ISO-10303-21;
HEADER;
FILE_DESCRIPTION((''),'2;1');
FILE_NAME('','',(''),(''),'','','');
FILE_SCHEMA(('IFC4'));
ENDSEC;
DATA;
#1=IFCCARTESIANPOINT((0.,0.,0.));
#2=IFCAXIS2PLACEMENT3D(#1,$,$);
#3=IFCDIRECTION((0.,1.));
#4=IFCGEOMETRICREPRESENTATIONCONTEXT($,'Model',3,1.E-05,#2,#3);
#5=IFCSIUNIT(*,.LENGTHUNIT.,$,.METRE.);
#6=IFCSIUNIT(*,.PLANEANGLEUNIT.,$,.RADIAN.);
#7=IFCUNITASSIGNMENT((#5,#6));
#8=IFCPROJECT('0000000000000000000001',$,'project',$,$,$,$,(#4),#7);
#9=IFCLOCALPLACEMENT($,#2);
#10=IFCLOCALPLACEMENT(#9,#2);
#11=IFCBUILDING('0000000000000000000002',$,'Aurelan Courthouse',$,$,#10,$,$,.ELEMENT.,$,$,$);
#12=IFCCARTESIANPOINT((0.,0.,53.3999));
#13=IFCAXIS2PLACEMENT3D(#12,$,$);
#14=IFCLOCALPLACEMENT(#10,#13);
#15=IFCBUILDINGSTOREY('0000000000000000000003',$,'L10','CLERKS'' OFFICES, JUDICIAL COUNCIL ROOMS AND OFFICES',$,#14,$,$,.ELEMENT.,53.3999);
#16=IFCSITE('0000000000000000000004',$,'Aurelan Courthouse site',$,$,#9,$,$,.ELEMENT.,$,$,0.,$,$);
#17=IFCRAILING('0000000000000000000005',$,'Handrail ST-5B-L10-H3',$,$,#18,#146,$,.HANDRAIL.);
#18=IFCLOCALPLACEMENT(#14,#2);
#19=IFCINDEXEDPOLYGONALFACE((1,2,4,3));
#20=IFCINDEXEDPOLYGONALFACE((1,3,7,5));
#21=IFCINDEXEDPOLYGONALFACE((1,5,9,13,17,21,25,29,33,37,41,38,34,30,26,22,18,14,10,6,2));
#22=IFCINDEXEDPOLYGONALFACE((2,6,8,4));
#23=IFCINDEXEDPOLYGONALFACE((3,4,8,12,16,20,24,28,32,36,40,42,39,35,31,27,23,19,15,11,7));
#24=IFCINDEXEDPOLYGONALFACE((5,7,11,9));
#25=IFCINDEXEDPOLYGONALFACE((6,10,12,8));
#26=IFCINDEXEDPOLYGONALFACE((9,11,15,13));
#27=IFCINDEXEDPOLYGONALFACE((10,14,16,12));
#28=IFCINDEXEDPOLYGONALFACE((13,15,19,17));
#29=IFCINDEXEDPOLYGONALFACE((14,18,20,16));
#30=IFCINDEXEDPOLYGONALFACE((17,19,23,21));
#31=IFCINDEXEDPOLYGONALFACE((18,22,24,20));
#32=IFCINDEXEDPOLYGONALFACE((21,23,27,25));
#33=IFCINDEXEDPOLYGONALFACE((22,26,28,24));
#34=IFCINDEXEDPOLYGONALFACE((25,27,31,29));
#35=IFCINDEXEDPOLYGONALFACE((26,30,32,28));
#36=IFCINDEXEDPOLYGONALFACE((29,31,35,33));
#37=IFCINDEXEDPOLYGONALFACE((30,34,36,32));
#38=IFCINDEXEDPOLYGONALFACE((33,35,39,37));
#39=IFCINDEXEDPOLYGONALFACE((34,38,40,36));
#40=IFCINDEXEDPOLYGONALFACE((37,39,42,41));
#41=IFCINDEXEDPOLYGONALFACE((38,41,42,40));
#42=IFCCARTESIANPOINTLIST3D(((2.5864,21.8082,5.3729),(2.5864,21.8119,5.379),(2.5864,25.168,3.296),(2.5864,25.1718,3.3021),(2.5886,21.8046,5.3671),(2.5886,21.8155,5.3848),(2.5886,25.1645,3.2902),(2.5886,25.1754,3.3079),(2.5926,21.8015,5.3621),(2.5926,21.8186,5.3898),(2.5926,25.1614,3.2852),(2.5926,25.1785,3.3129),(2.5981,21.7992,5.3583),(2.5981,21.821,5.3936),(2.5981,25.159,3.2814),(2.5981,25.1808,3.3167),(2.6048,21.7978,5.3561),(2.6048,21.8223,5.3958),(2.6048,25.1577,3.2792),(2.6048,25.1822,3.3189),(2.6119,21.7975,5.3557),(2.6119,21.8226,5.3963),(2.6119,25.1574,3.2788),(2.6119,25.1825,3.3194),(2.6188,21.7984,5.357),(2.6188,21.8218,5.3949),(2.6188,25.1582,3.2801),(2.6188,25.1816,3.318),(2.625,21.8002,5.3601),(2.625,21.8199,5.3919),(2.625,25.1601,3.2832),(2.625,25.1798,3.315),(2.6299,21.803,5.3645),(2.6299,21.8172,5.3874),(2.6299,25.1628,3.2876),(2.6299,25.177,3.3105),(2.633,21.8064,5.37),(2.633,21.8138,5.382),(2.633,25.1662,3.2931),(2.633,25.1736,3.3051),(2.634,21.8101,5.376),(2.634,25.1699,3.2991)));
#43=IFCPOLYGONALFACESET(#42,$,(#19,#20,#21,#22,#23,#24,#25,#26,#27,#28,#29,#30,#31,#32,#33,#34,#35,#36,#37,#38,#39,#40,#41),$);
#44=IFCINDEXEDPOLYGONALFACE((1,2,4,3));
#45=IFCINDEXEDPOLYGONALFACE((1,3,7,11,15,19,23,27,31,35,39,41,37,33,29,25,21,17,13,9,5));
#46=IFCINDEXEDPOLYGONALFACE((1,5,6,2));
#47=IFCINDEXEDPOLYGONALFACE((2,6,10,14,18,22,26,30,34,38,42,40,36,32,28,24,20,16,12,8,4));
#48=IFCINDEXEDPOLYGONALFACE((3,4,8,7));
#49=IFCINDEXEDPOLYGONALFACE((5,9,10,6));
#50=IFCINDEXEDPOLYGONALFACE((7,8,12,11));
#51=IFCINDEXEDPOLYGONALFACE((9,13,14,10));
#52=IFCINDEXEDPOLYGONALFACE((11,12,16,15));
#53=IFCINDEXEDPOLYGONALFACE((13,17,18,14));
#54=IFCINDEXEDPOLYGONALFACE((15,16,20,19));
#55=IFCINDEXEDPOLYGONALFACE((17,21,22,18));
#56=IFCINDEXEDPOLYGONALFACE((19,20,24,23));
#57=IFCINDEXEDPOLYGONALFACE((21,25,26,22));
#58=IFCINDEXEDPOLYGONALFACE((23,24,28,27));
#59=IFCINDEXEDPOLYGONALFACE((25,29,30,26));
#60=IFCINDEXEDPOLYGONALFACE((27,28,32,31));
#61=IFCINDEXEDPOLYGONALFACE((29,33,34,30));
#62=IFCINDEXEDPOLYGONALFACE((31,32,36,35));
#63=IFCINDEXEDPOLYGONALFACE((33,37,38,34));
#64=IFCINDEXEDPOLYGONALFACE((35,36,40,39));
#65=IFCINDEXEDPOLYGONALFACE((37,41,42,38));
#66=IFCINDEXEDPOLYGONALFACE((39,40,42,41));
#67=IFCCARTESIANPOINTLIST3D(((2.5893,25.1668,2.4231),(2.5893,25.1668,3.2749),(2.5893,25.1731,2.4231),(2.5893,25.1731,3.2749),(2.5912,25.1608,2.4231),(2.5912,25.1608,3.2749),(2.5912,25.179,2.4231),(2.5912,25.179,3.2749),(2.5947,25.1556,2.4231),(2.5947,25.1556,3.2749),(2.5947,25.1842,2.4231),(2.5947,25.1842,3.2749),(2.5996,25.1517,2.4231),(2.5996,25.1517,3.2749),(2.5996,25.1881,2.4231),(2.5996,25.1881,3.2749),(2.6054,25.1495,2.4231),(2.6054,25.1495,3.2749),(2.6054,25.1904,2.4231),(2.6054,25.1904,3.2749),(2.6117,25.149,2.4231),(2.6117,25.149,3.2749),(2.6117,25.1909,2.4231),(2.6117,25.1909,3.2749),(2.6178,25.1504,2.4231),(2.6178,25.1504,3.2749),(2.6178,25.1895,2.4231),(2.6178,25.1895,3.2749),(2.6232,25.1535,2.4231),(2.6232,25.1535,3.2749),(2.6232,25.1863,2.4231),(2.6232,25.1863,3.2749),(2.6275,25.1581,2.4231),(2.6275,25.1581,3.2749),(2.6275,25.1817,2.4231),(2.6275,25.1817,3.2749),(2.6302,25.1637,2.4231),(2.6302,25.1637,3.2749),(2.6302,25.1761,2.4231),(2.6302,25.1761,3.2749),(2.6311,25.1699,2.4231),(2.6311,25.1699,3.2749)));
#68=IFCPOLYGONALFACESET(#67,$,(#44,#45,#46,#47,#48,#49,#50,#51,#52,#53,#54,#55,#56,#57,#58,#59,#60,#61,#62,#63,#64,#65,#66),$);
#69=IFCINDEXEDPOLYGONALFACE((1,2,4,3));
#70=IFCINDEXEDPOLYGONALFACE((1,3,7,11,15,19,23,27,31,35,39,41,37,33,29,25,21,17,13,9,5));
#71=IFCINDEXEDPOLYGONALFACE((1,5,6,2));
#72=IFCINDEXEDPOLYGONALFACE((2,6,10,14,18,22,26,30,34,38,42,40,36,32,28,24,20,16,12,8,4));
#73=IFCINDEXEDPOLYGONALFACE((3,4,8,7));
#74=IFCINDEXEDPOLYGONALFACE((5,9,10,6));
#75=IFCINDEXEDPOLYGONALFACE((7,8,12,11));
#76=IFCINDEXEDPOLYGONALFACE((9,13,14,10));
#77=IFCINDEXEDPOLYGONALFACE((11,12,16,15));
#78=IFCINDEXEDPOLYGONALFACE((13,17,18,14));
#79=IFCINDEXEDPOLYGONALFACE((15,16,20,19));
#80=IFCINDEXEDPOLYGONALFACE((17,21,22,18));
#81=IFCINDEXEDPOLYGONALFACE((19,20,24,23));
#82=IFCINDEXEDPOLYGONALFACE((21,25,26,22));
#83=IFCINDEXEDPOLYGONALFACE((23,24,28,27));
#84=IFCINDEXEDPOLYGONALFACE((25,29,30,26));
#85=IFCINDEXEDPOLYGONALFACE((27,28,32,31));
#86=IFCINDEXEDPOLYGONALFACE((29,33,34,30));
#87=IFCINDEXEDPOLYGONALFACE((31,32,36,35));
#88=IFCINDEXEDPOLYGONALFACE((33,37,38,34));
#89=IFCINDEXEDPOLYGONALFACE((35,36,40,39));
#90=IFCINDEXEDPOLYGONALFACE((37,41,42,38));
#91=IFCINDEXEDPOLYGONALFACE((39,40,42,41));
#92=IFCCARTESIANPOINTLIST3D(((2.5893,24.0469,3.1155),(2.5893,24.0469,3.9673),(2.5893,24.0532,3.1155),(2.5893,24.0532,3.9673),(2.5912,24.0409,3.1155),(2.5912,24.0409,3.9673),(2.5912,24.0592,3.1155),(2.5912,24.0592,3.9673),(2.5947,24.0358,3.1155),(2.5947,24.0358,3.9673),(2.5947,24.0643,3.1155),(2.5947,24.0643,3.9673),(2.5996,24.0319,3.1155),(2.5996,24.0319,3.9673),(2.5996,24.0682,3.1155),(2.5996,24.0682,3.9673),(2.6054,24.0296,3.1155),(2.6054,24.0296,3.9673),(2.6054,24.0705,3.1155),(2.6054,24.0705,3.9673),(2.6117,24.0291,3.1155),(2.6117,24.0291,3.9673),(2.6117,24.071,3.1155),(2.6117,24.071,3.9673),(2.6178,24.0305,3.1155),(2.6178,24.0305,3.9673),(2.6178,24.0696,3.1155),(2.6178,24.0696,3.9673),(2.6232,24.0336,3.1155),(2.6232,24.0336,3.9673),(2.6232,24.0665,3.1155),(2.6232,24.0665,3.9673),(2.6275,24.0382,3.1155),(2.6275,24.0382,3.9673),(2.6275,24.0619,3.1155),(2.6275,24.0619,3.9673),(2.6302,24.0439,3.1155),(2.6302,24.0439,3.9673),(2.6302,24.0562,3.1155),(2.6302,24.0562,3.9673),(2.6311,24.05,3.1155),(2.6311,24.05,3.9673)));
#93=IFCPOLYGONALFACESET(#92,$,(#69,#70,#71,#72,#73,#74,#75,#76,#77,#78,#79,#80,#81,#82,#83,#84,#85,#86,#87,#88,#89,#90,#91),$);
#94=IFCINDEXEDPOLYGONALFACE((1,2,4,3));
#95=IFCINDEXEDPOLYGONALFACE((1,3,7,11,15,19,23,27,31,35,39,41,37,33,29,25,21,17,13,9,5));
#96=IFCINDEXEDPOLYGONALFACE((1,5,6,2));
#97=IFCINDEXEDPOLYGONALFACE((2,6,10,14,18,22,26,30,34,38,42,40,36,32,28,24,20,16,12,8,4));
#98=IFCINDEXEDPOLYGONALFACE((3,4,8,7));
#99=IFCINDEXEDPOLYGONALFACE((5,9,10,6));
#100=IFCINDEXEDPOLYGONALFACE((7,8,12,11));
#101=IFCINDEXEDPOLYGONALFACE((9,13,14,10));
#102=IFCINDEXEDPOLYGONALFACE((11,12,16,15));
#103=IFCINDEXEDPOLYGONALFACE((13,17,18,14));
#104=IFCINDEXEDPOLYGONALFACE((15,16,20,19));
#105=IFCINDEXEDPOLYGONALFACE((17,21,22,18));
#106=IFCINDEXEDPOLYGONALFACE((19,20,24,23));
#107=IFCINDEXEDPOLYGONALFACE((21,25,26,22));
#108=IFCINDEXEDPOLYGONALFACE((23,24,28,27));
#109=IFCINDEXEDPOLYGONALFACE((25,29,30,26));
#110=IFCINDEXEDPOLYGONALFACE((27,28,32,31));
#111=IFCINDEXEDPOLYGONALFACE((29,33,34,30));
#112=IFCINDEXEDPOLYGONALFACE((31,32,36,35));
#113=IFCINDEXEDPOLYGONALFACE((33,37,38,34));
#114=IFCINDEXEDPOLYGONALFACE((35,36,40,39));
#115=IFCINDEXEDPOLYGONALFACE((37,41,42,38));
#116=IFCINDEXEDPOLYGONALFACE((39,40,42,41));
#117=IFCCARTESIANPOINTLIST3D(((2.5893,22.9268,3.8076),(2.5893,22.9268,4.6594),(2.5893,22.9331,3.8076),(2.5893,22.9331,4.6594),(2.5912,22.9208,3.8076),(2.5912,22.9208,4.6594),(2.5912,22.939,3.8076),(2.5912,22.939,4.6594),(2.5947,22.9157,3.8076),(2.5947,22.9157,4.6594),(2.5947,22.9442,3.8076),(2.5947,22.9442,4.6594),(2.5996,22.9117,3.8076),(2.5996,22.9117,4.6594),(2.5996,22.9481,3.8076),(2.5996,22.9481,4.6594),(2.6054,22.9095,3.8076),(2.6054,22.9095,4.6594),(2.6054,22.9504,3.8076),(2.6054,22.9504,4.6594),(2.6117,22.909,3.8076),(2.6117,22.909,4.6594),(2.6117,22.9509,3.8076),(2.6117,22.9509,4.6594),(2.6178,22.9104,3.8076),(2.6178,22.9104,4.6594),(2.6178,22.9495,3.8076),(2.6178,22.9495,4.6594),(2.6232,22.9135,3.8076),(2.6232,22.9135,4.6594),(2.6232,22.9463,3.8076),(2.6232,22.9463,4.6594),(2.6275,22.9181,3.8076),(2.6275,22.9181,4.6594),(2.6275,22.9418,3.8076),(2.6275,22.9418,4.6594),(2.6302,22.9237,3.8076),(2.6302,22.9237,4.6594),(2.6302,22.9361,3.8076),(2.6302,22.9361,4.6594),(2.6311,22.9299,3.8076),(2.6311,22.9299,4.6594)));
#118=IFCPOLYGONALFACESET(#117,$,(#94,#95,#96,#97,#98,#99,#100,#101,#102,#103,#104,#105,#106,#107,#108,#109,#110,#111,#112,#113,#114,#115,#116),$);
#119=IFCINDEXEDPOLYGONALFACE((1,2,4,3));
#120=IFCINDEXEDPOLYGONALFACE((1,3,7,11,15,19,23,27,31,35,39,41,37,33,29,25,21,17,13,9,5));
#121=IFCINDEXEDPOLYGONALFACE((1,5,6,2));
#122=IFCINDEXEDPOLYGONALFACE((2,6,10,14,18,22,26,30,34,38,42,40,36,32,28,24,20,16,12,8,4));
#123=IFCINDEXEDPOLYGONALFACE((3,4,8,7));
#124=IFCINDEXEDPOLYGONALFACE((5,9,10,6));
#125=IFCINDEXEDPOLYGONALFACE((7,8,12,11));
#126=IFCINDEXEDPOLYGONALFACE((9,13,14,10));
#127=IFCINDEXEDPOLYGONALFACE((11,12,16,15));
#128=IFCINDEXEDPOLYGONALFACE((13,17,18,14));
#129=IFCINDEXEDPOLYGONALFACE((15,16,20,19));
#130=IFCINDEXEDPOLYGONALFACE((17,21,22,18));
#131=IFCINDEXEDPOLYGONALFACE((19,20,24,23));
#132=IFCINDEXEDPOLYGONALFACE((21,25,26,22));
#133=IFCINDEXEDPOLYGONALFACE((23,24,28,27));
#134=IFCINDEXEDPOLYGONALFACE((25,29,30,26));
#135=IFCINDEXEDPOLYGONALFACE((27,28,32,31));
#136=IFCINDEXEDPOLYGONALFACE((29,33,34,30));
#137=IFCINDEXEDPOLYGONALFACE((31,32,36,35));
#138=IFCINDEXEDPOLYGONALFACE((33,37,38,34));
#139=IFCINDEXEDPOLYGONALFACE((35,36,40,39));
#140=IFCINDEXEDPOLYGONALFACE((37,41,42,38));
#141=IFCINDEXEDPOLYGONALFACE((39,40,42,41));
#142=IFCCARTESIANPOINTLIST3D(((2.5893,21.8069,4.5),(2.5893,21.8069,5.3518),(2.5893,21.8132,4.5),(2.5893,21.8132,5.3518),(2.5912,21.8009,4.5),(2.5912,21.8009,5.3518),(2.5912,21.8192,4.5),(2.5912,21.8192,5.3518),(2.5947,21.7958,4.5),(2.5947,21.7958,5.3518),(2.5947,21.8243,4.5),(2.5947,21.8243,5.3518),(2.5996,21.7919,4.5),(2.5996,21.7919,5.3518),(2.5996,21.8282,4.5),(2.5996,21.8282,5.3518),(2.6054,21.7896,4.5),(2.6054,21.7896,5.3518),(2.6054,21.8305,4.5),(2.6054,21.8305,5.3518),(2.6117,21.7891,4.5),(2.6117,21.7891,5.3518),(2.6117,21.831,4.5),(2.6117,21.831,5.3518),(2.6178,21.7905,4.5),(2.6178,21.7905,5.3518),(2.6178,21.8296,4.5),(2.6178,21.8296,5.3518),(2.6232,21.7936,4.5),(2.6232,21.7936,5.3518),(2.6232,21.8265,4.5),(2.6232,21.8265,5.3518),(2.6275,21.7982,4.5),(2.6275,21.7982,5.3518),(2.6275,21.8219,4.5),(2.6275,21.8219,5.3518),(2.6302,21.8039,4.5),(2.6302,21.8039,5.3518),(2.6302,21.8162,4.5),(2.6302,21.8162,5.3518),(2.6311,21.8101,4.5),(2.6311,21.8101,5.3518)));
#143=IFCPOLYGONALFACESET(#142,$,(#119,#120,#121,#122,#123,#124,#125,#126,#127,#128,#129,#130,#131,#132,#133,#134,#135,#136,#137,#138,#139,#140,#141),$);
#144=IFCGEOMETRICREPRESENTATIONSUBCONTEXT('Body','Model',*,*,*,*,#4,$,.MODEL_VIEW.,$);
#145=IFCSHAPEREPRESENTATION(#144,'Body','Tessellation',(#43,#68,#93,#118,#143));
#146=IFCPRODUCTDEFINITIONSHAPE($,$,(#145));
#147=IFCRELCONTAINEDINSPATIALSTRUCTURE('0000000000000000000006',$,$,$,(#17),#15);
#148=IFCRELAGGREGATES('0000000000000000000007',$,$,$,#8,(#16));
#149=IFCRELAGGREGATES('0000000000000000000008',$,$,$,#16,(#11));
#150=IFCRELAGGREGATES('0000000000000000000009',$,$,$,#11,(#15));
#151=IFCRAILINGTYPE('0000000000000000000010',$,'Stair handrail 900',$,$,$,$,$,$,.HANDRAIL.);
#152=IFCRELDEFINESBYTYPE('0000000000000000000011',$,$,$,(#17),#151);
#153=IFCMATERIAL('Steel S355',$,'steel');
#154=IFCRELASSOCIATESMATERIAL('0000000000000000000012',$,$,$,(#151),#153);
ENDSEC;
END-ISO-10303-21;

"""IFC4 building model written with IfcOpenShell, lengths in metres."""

from ifc_helpers import new_model, si_unit, direction, frame, origin, origin_2d, place, context, subcontext, project, spatial, circle, extrude, material, type_object, element, save


model = new_model("IFC4")

# Units and contexts
model_context = context("Model", 3, precision=1e-05, world=origin(), true_north=direction((0.0, 1.0)))
body_context = subcontext(model_context, "Body", "Model", "MODEL_VIEW")
ifc_project = project(units=[si_unit("LENGTHUNIT", "METRE"), si_unit("PLANEANGLEUNIT", "RADIAN")], contexts=[model_context])

# Site, building, storey
site_placement = place(None, origin())
site = spatial("IfcSite", under=ifc_project, at=site_placement, Name="Aurelan Courthouse site", CompositionType="ELEMENT", RefElevation=0.0)
building_placement = place(site_placement, origin())
building = spatial("IfcBuilding", under=site, at=building_placement, Name="Aurelan Courthouse", CompositionType="ELEMENT")
storey_placement = place(building_placement, frame((0.0, 0.0, 53.3999)))
storey = spatial("IfcBuildingStorey", under=building, at=storey_placement, Name="L10", Description="CLERKS' OFFICES, JUDICIAL COUNCIL ROOMS AND OFFICES", CompositionType="ELEMENT", Elevation=53.3999)

# Railing
ifc_material_1 = material(Name="Steel S355", Category="steel")
railing_type_1 = type_object("IfcRailingType", Name="Stair handrail 900", PredefinedType="HANDRAIL", material=ifc_material_1)
for number, where, name in (
    (1, (2.6101, 25.1699, 2.4231), "Handrail ST-5B-L10-H3"),
):
    element("IfcRailing", number, at=place(storey_placement, frame(where)), inside=storey, type_object=railing_type_1, Name=name, PredefinedType="HANDRAIL", context=body_context, shape_type="SweptSolid", body=[
        extrude(circle(Radius=0.0239, at=origin_2d()), frame((0.0, 0.0, 0.876), z_axis=(0.0, -0.850606, 0.525803), x_axis=(1.0, 0.0, 0.0)), (0.0, 0.0, 1.0), 3.95),
        extrude(circle(Radius=0.021, at=origin_2d()), origin(), (0.0, 0.0, 1.0), 0.8518),
        extrude(circle(Radius=0.021, at=origin_2d()), frame((0.0, -1.1199, 0.6924)), (0.0, 0.0, 1.0), 0.8518),
        extrude(circle(Radius=0.021, at=origin_2d()), frame((0.0, -2.24, 1.3845)), (0.0, 0.0, 1.0), 0.8518),
        extrude(circle(Radius=0.021, at=origin_2d()), frame((0.0, -3.3599, 2.0769)), (0.0, 0.0, 1.0), 0.8518),
    ])

save(model, "model.ifc")
